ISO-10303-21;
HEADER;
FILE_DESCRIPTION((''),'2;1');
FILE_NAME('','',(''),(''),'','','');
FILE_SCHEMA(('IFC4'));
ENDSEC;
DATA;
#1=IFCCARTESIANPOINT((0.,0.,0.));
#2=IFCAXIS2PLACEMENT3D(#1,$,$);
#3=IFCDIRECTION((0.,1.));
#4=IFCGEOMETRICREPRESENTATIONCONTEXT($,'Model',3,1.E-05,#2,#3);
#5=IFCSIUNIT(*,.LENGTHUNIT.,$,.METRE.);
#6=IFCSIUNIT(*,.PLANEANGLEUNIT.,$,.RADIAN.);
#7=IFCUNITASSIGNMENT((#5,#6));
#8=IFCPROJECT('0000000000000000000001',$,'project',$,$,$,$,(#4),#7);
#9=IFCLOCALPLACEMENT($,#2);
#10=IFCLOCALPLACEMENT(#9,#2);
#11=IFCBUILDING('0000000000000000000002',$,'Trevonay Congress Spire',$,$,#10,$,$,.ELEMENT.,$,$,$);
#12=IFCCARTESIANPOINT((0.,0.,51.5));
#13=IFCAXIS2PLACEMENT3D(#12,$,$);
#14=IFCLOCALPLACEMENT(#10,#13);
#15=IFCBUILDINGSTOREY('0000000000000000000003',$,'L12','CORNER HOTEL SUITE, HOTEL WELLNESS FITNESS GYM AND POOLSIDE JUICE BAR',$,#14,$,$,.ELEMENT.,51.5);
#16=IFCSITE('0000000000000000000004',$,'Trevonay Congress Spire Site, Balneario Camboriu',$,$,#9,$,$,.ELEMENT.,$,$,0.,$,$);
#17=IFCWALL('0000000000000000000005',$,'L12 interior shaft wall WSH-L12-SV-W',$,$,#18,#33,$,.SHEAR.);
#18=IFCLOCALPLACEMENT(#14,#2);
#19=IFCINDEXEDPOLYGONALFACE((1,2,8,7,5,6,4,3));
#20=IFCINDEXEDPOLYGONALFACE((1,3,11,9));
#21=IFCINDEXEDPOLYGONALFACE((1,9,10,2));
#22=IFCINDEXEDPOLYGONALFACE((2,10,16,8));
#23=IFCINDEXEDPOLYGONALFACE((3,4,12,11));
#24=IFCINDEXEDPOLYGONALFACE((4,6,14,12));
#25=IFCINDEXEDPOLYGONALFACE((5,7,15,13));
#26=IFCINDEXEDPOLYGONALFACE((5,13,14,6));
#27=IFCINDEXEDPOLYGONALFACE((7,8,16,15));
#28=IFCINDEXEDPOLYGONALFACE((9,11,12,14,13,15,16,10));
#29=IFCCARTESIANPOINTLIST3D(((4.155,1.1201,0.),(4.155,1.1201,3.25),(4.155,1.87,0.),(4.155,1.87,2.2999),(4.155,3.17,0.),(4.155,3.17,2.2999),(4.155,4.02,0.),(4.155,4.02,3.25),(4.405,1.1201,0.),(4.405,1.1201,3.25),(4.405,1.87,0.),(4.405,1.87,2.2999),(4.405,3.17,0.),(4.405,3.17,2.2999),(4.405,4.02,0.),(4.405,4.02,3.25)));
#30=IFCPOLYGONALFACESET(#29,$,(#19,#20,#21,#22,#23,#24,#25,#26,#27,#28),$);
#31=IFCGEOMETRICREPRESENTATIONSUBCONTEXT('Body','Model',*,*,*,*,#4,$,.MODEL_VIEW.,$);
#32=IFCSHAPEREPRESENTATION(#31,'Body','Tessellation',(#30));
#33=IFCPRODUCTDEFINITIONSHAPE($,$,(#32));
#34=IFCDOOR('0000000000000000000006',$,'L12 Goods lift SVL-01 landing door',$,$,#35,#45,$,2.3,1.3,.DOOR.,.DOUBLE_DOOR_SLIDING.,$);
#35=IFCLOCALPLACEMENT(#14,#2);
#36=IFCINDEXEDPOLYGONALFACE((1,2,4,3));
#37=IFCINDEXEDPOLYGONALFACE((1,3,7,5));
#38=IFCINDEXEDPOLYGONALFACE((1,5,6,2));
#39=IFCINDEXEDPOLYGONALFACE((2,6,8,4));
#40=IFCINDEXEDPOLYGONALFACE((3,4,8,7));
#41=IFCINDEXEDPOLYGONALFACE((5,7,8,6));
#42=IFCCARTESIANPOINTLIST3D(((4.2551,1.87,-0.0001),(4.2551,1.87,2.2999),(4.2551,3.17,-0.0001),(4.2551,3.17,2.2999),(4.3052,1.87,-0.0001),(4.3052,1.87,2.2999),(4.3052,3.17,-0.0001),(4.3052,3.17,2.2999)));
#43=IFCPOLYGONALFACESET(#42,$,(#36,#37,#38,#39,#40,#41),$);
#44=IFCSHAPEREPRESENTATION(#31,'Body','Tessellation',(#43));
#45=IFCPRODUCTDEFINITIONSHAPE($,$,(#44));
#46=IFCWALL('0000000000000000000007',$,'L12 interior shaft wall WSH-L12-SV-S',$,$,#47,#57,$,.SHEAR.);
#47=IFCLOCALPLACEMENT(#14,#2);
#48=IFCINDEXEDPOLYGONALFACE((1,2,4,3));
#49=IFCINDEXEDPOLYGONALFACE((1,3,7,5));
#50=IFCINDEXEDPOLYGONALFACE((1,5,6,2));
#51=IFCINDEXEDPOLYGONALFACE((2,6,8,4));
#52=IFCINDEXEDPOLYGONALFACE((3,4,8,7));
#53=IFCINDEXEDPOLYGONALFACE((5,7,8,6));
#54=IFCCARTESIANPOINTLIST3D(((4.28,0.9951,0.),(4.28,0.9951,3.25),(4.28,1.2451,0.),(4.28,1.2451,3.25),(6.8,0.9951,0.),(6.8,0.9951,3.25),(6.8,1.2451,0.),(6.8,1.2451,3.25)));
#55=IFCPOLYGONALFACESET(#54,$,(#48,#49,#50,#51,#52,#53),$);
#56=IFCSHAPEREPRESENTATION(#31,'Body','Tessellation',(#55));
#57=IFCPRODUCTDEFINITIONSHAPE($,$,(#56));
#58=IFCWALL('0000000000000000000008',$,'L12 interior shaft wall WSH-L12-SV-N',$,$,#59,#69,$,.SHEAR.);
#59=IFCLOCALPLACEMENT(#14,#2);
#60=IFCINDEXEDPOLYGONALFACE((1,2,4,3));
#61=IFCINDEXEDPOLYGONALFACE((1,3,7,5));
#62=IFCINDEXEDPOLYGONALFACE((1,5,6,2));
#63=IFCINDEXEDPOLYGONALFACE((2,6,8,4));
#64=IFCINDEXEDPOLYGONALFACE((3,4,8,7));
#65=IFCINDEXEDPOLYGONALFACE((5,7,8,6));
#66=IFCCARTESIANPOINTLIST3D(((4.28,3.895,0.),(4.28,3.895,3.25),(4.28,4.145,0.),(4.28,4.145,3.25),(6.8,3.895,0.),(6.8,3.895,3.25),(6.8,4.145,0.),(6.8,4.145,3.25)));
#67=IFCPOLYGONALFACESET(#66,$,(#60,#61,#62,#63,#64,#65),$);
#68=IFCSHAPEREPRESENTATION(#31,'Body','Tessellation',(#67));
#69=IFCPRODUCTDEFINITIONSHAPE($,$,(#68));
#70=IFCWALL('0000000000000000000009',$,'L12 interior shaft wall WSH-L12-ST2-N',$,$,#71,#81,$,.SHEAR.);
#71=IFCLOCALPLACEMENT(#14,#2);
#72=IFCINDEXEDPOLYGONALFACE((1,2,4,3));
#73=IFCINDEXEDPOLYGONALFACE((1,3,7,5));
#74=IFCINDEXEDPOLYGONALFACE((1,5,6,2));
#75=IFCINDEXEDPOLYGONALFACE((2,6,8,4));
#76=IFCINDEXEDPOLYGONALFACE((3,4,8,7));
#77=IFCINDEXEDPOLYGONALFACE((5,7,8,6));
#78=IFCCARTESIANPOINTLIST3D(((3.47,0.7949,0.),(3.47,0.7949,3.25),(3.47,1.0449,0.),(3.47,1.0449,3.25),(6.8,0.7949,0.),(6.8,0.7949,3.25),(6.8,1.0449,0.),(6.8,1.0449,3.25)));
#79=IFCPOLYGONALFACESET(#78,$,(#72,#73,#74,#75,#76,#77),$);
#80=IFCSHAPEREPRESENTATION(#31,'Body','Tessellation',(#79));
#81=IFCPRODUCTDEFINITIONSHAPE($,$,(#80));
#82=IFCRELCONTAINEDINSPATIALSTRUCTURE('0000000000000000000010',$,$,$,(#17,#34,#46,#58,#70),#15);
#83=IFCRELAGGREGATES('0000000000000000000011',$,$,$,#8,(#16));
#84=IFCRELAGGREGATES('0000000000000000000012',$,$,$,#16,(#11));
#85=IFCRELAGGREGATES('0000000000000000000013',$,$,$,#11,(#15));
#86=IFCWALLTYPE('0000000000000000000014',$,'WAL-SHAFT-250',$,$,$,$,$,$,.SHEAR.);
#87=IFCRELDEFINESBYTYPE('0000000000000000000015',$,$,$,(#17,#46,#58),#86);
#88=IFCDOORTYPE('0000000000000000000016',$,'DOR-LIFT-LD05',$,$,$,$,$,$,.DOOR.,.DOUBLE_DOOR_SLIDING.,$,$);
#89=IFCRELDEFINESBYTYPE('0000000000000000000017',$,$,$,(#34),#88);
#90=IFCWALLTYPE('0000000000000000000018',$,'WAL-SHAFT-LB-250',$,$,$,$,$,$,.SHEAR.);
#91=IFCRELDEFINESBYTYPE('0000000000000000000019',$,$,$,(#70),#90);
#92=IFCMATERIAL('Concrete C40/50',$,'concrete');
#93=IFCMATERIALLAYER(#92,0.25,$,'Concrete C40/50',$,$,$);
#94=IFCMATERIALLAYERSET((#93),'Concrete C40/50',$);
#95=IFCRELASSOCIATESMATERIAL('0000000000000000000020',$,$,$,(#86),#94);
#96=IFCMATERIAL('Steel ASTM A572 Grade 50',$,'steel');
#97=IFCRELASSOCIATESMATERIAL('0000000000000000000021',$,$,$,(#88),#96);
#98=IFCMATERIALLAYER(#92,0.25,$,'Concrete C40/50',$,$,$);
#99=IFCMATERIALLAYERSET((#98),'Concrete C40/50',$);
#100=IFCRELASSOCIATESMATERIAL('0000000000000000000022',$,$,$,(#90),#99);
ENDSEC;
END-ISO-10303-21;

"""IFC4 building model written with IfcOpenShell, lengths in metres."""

from ifc_helpers import new_model, si_unit, direction, frame, frame_2d, origin, place, context, subcontext, project, spatial, rectangle, extrude, material, layer, layer_set, type_object, element, fill, save


model = new_model("IFC4")

# Units and contexts
model_context = context("Model", 3, precision=1e-05, world=origin(), true_north=direction((0.0, 1.0)))
body_context = subcontext(model_context, "Body", "Model", "MODEL_VIEW")
ifc_project = project(units=[si_unit("LENGTHUNIT", "METRE"), si_unit("PLANEANGLEUNIT", "RADIAN")], contexts=[model_context])

# Site, building, storey
site_placement = place(None, origin())
site = spatial("IfcSite", under=ifc_project, at=site_placement, Name="Trevonay Congress Spire Site, Balneario Camboriu", CompositionType="ELEMENT", RefElevation=0.0)
building_placement = place(site_placement, origin())
building = spatial("IfcBuilding", under=site, at=building_placement, Name="Trevonay Congress Spire", CompositionType="ELEMENT")
storey_placement = place(building_placement, frame((0.0, 0.0, 51.5)))
storey = spatial("IfcBuildingStorey", under=building, at=storey_placement, Name="L12", Description="CORNER HOTEL SUITE, HOTEL WELLNESS FITNESS GYM AND POOLSIDE JUICE BAR", CompositionType="ELEMENT", Elevation=51.5)

# Shared definitions
ifc_material_1 = material(Name="Steel ASTM A572 Grade 50", Category="steel")

# Shared definitions
ifc_material_2 = material(Name="Concrete C40/50", Category="concrete")

# Shared definitions
ifc_layer_1 = layer(ifc_material_2, 0.25, Name="Concrete C40/50")
ifc_layer_set_1 = layer_set([ifc_layer_1], Name="Concrete C40/50")
wall_type_1 = type_object("IfcWallType", Name="WAL-SHAFT-250", PredefinedType="SHEAR", material=ifc_layer_set_1)

# Wall, opening, door
wall_1_placement = place(storey_placement, frame((4.28, 1.1201, 0.0), z_axis=(0.0, 0.0, 1.0), x_axis=(0.0, 1.0, 0.0)))
wall_1 = element("IfcWall", 1, at=wall_1_placement, inside=storey, type_object=wall_type_1, Name="L12 interior shaft wall WSH-L12-SV-W", PredefinedType="SHEAR", context=body_context, shape_type="SweptSolid", body=[
    extrude(rectangle(XDim=2.8999, YDim=0.25, at=frame_2d((1.45, 0.0))), origin(), (0.0, 0.0, 1.0), 3.25),
])
opening_1_placement = place(wall_1_placement, frame((0.75, 0.0, 0.0)))
opening_1 = element("IfcOpeningElement", 2, at=opening_1_placement, cuts=wall_1, PredefinedType="OPENING", context=body_context, shape_type="SweptSolid", body=[
    extrude(rectangle(XDim=1.3, YDim=2.3, at=frame_2d((0.6499, 1.1499))), frame((0.0, 0.135, 0.0), z_axis=(0.0, -1.0, 0.0), x_axis=(1.0, 0.0, 0.0)), (0.0, 0.0, 1.0), 0.27),
])
door_type_1 = type_object("IfcDoorType", Name="DOR-LIFT-LD05", OperationType="DOUBLE_DOOR_SLIDING", PredefinedType="DOOR", material=ifc_material_1)
door_1_placement = place(opening_1_placement, origin())
door_1 = element("IfcDoor", 3, at=door_1_placement, inside=storey, type_object=door_type_1, Name="L12 Goods lift SVL-01 landing door", OperationType="DOUBLE_DOOR_SLIDING", OverallHeight=2.3, OverallWidth=1.3, PredefinedType="DOOR", context=body_context, shape_type="SweptSolid", body=[
    extrude(rectangle(XDim=1.3, YDim=2.3, at=frame_2d((0.6499, 1.1499))), frame((0.0, 0.0249, 0.0), z_axis=(0.0, -1.0, 0.0), x_axis=(1.0, 0.0, 0.0)), (0.0, 0.0, 1.0), 0.05),
])
fill(opening_1, door_1)

# Walls
for number, where, z_axis, x_axis, name in (
    (4, (4.28, 1.1201, 0.0), (0.0, 0.0, 1.0), (1.0, 0.0, 0.0), "L12 interior shaft wall WSH-L12-SV-S"),
    (5, (4.28, 4.02, 0.0), (0.0, 0.0, 1.0), (1.0, 0.0, 0.0), "L12 interior shaft wall WSH-L12-SV-N"),
):
    element("IfcWall", number, at=place(storey_placement, frame(where, z_axis=z_axis, x_axis=x_axis)), inside=storey, type_object=wall_type_1, Name=name, PredefinedType="SHEAR", context=body_context, shape_type="SweptSolid", body=[
        extrude(rectangle(XDim=2.52, YDim=0.25, at=frame_2d((1.26, 0.0))), origin(), (0.0, 0.0, 1.0), 3.25),
    ])
ifc_layer_2 = layer(ifc_material_2, 0.25, Name="Concrete C40/50")
ifc_layer_set_2 = layer_set([ifc_layer_2], Name="Concrete C40/50")
wall_type_2 = type_object("IfcWallType", Name="WAL-SHAFT-LB-250", PredefinedType="SHEAR", material=ifc_layer_set_2)
wall_2_placement = place(storey_placement, frame((3.47, 0.9199, 0.0), z_axis=(0.0, 0.0, 1.0), x_axis=(1.0, 0.0, 0.0)))
element("IfcWall", 6, at=wall_2_placement, inside=storey, type_object=wall_type_2, Name="L12 interior shaft wall WSH-L12-ST2-N", PredefinedType="SHEAR", context=body_context, shape_type="SweptSolid", body=[
    extrude(rectangle(XDim=3.3301, YDim=0.25, at=frame_2d((1.665, 0.0))), origin(), (0.0, 0.0, 1.0), 3.25),
])

save(model, "model.ifc")
